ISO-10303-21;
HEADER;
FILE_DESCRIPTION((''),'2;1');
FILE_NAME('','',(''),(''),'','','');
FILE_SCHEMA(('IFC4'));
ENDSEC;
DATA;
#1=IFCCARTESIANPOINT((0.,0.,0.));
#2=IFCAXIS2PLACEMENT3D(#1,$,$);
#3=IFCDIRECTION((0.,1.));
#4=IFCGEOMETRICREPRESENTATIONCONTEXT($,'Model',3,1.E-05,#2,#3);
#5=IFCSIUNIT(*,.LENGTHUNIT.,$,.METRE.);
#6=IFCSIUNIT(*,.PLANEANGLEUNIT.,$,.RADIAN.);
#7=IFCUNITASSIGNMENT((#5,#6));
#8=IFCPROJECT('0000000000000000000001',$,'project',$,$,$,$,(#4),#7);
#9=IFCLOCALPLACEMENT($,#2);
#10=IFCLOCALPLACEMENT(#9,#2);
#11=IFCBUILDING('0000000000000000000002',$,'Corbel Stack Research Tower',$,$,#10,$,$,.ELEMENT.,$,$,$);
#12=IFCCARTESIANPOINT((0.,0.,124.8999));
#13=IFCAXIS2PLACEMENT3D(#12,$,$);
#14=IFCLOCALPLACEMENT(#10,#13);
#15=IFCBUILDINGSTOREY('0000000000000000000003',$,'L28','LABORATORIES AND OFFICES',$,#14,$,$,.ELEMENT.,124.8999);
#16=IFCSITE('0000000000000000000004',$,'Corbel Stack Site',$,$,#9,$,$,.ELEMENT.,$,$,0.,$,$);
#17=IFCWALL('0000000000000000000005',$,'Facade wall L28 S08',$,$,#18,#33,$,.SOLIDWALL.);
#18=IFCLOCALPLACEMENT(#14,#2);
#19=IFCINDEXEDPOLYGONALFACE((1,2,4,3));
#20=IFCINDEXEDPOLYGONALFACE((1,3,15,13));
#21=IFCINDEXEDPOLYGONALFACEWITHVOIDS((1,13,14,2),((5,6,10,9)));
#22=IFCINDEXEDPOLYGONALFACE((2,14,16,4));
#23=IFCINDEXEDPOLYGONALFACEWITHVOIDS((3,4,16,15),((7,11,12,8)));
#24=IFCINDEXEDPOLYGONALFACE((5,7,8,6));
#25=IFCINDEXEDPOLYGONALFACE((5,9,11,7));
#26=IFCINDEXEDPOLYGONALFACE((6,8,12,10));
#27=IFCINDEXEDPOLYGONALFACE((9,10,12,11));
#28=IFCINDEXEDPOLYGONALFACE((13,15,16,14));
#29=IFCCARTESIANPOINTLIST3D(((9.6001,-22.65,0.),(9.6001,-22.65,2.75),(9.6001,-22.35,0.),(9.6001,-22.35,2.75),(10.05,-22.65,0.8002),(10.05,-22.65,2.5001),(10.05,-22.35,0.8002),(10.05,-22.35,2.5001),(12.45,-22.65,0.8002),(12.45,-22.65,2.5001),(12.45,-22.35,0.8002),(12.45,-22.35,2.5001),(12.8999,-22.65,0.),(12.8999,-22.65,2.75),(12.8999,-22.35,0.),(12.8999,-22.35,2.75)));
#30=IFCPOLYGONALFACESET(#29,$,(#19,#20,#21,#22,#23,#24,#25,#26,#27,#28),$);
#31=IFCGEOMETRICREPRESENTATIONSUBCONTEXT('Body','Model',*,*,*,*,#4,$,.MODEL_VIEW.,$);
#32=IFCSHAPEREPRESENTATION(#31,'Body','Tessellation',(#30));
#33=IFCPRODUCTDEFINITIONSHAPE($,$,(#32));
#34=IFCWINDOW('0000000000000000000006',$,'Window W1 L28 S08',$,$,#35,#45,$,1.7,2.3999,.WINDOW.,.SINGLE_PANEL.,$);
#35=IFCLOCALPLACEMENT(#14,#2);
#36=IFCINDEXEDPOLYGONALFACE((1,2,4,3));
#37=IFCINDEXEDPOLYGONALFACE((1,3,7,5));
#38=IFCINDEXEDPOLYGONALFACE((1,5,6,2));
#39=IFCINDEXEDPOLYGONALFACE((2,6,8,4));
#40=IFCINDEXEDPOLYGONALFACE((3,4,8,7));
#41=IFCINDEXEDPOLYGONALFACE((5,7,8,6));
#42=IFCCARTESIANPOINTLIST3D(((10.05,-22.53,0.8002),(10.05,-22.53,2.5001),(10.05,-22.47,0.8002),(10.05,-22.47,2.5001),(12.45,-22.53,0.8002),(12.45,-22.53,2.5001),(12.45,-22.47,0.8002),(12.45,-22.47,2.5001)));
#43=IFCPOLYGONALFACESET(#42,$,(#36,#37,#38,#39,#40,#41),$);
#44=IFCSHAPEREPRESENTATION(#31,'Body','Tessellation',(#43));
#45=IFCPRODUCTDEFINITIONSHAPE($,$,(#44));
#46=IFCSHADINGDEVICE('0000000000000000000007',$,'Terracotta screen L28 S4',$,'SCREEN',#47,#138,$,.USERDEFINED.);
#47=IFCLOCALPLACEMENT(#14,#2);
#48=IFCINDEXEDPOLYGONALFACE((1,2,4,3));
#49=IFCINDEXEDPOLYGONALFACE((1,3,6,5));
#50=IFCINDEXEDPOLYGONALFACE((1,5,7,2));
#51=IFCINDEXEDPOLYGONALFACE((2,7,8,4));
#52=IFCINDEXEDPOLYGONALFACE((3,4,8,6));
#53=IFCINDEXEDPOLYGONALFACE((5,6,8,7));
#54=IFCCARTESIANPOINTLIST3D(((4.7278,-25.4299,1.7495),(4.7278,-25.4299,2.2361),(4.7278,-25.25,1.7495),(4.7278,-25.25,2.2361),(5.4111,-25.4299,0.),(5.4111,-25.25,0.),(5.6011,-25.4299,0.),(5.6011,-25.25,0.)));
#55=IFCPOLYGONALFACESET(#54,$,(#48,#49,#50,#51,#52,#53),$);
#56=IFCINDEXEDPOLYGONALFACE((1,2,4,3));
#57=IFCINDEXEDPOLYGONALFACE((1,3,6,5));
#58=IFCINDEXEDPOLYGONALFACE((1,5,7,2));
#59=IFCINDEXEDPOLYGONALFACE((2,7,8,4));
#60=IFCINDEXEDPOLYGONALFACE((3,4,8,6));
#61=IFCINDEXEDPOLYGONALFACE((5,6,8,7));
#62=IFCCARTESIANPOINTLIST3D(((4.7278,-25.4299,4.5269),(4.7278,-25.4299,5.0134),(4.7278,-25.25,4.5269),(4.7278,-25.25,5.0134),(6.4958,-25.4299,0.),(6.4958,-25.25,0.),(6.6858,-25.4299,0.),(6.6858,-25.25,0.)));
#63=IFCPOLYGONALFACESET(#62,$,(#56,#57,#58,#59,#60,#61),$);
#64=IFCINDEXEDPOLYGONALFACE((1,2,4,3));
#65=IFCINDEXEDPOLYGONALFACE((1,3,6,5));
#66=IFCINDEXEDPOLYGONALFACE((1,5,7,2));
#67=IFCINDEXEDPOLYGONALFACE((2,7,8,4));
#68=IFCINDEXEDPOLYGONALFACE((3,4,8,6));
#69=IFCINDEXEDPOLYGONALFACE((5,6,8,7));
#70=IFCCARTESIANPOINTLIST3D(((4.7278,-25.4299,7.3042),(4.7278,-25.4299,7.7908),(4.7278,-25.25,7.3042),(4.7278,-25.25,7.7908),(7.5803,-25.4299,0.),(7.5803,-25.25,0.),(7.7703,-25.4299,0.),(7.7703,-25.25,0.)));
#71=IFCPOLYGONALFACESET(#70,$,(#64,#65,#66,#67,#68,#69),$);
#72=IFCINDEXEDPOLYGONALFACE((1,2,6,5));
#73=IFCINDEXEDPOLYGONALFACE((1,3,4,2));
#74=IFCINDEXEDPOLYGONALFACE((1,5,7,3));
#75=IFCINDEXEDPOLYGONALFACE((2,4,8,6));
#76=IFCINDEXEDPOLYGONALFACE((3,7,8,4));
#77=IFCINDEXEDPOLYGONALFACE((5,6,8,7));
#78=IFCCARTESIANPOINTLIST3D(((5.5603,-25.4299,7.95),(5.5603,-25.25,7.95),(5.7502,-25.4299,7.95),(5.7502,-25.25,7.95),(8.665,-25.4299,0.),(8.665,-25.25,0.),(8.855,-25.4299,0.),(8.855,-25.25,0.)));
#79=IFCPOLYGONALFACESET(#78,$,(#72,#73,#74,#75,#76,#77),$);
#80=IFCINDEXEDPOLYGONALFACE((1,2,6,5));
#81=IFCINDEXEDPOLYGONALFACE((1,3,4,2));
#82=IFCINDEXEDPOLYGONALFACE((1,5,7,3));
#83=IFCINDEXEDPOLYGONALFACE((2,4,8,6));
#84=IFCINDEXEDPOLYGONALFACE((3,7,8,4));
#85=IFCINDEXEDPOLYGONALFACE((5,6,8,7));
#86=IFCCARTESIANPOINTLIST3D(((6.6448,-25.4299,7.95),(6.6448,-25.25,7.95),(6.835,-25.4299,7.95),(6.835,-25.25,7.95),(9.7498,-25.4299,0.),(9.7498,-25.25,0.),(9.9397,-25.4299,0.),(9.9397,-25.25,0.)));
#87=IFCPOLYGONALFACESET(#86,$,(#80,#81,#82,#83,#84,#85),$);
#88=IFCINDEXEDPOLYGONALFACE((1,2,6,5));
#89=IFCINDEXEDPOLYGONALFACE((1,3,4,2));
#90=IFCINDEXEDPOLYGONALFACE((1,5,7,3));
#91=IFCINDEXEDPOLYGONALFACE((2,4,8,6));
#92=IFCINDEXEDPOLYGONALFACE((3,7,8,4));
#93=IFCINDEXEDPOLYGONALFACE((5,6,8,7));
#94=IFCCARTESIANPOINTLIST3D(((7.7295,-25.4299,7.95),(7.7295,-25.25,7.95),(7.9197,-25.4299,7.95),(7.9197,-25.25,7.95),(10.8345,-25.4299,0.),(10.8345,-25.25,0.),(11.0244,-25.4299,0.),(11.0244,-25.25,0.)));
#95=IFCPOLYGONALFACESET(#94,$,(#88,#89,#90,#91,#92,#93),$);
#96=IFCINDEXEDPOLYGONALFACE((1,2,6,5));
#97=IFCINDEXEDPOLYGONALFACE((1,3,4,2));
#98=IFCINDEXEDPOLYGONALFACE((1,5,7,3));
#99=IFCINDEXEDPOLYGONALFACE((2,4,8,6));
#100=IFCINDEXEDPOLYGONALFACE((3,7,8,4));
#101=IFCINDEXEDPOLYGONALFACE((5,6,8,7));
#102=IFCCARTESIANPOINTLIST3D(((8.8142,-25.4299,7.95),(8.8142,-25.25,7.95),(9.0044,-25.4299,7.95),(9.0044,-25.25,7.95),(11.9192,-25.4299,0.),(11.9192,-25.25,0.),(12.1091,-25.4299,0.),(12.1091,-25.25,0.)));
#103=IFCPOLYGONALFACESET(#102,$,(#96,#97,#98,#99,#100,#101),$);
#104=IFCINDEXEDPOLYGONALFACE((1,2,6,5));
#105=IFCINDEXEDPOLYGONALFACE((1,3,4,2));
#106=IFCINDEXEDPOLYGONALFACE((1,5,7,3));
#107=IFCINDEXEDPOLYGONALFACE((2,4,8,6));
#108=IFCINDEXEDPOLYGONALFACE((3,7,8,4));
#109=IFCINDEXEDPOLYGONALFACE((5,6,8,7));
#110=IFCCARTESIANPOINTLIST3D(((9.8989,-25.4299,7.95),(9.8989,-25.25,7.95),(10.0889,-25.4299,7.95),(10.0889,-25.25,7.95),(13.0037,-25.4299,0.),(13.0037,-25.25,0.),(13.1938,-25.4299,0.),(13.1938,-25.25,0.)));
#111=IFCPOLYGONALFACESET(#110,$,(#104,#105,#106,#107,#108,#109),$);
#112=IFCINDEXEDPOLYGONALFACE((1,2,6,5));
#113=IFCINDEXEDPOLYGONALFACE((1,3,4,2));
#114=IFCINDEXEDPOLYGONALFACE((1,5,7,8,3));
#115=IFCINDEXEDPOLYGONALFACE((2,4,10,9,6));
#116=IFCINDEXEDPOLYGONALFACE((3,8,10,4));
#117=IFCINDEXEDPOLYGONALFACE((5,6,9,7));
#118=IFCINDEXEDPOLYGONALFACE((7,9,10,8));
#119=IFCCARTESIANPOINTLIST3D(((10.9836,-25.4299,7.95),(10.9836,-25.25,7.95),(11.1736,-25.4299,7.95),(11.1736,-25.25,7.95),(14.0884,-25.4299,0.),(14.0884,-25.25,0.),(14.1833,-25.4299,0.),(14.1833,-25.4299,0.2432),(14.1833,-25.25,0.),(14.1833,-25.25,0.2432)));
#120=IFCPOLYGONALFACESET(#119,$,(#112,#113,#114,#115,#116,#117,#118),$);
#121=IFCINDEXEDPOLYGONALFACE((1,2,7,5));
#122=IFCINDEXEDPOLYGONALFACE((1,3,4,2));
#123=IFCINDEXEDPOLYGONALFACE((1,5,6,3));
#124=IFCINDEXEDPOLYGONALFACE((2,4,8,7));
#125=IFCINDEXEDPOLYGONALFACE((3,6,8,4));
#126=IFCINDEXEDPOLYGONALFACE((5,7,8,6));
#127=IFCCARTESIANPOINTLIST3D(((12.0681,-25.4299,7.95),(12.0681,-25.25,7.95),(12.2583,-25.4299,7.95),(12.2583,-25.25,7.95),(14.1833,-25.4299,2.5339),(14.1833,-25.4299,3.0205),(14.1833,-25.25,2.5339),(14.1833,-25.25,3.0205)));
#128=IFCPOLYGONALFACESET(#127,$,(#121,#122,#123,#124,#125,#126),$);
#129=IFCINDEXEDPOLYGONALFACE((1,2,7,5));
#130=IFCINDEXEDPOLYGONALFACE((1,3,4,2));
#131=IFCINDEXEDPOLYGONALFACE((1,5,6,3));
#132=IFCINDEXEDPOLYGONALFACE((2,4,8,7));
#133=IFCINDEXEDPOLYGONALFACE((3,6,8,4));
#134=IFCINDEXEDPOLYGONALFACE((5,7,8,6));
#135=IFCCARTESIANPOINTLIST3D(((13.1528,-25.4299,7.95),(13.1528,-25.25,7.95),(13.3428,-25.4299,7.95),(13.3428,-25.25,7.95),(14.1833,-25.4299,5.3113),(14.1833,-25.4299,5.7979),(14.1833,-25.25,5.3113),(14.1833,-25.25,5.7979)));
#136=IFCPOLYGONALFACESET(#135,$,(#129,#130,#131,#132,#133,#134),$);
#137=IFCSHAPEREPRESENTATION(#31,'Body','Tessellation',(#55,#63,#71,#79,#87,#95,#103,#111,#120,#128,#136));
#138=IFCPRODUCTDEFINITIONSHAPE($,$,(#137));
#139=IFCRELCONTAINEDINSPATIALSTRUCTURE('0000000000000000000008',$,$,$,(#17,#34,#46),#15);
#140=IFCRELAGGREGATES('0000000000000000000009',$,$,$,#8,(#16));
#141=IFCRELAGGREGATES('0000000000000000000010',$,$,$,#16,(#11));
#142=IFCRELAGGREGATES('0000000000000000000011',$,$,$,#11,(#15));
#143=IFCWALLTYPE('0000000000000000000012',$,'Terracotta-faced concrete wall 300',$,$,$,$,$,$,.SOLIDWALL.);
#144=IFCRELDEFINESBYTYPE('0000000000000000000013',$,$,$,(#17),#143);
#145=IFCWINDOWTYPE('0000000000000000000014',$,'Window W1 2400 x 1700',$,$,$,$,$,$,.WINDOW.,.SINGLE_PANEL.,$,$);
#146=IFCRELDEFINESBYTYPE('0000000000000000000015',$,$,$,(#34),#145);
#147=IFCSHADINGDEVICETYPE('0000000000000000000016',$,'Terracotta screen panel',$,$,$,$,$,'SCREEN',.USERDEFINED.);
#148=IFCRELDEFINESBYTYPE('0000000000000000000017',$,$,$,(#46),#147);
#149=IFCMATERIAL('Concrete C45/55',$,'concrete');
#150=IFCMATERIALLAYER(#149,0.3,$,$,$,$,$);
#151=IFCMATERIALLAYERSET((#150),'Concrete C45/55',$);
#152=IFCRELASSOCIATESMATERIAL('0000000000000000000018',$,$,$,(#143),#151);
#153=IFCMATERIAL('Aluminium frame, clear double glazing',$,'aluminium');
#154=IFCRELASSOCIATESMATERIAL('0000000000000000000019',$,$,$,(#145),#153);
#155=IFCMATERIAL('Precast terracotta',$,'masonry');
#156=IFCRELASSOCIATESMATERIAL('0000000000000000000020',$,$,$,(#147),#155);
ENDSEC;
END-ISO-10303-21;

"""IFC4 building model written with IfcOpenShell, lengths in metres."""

from ifc_helpers import new_model, si_unit, direction, frame, frame_2d, origin, place, context, subcontext, project, spatial, polyline, rectangle, outline, extrude, source, transform, mapped, material, layer, layer_set, type_object, element, fill, save


model = new_model("IFC4")

# Units and contexts
model_context = context("Model", 3, precision=1e-05, world=origin(), true_north=direction((0.0, 1.0)))
body_context = subcontext(model_context, "Body", "Model", "MODEL_VIEW")
ifc_project = project(units=[si_unit("LENGTHUNIT", "METRE"), si_unit("PLANEANGLEUNIT", "RADIAN")], contexts=[model_context])

# Site, building, storey
site_placement = place(None, origin())
site = spatial("IfcSite", under=ifc_project, at=site_placement, Name="Corbel Stack Site", CompositionType="ELEMENT", RefElevation=0.0)
building_placement = place(site_placement, origin())
building = spatial("IfcBuilding", under=site, at=building_placement, Name="Corbel Stack Research Tower", CompositionType="ELEMENT")
storey_placement = place(building_placement, frame((0.0, 0.0, 124.8999)))
storey = spatial("IfcBuildingStorey", under=building, at=storey_placement, Name="L28", Description="LABORATORIES AND OFFICES", CompositionType="ELEMENT", Elevation=124.8999)

# Wall, opening, window
ifc_material_1 = material(Name="Concrete C45/55", Category="concrete")
ifc_layer_1 = layer(ifc_material_1, 0.3)
ifc_layer_set_1 = layer_set([ifc_layer_1], Name="Concrete C45/55")
wall_type_1 = type_object("IfcWallType", Name="Terracotta-faced concrete wall 300", PredefinedType="SOLIDWALL", material=ifc_layer_set_1)
ifc_material_2 = material(Name="Aluminium frame, clear double glazing", Category="aluminium")
window_type = type_object("IfcWindowType", Name="Window W1 2400 x 1700", PartitioningType="SINGLE_PANEL", PredefinedType="WINDOW", material=ifc_material_2)
wall_1_placement = place(storey_placement, frame((12.8999, -22.5, 0.0), z_axis=(0.0, 0.0, 1.0), x_axis=(-1.0, 0.0, 0.0)))
wall_1 = element("IfcWall", 1, at=wall_1_placement, inside=storey, type_object=wall_type_1, Name="Facade wall L28 S08", PredefinedType="SOLIDWALL", context=body_context, shape_type="SweptSolid", body=[
    extrude(rectangle(XDim=3.2998, YDim=0.3, at=frame_2d((1.6499, 0.0))), origin(), (0.0, 0.0, 1.0), 2.75),
])
opening_1_placement = place(wall_1_placement, frame((0.45, 0.0, 0.8)))
opening_1 = element("IfcOpeningElement", 2, at=opening_1_placement, cuts=wall_1, PredefinedType="OPENING", context=body_context, shape_type="SweptSolid", body=[
    extrude(rectangle(XDim=2.3999, YDim=1.7, at=frame_2d((1.2, 0.8501))), frame((0.0, 0.1599, 0.0), z_axis=(0.0, -1.0, 0.0), x_axis=(1.0, 0.0, 0.0)), (0.0, 0.0, 1.0), 0.3201),
])
window_1_placement = place(opening_1_placement, origin())
window_1 = element("IfcWindow", 3, at=window_1_placement, inside=storey, type_object=window_type, Name="Window W1 L28 S08", OverallHeight=1.7, OverallWidth=2.3999, PartitioningType="SINGLE_PANEL", PredefinedType="WINDOW", context=body_context, shape_type="SweptSolid", body=[
    extrude(rectangle(XDim=2.3999, YDim=1.7, at=frame_2d((1.2, 0.8501))), frame((0.0, 0.03, 0.0), z_axis=(0.0, -1.0, 0.0), x_axis=(1.0, 0.0, 0.0)), (0.0, 0.0, 1.0), 0.0601),
])
fill(opening_1, window_1)

# Shading device
ifc_material_3 = material(Name="Precast terracotta", Category="masonry")
shading_device_type = type_object("IfcShadingDeviceType", Name="Terracotta screen panel", ElementType="SCREEN", PredefinedType="USERDEFINED", material=ifc_material_3)
shared_shape = source(origin(), body_context, "Body", "SweptSolid", [
    extrude(outline(polyline([(0.8733, 0.0), (0.0, 2.2361), (0.0, 1.7495), (0.6833, 0.0), (0.8733, 0.0)])), frame((0.0, 0.0, 0.0), z_axis=(0.0, -1.0, 0.0), x_axis=(1.0, 0.0, 0.0)), (0.0, 0.0, 1.0), 0.1799),
    extrude(outline(polyline([(1.958, 0.0), (0.0, 5.0134), (0.0, 4.5269), (1.7681, 0.0), (1.958, 0.0)])), frame((0.0, 0.0, 0.0), z_axis=(0.0, -1.0, 0.0), x_axis=(1.0, 0.0, 0.0)), (0.0, 0.0, 1.0), 0.1799),
    extrude(outline(polyline([(3.0425, 0.0), (0.0, 7.7908), (0.0, 7.3042), (2.8525, 0.0), (3.0425, 0.0)])), frame((0.0, 0.0, 0.0), z_axis=(0.0, -1.0, 0.0), x_axis=(1.0, 0.0, 0.0)), (0.0, 0.0, 1.0), 0.1799),
    extrude(outline(polyline([(4.1272, 0.0), (1.0225, 7.95), (0.8325, 7.95), (3.9373, 0.0), (4.1272, 0.0)])), frame((0.0, 0.0, 0.0), z_axis=(0.0, -1.0, 0.0), x_axis=(1.0, 0.0, 0.0)), (0.0, 0.0, 1.0), 0.1799),
    extrude(outline(polyline([(5.2119, 0.0), (2.1072, 7.95), (1.917, 7.95), (5.022, 0.0), (5.2119, 0.0)])), frame((0.0, 0.0, 0.0), z_axis=(0.0, -1.0, 0.0), x_axis=(1.0, 0.0, 0.0)), (0.0, 0.0, 1.0), 0.1799),
    extrude(outline(polyline([(6.2966, 0.0), (3.1919, 7.95), (3.0017, 7.95), (6.1067, 0.0), (6.2966, 0.0)])), frame((0.0, 0.0, 0.0), z_axis=(0.0, -1.0, 0.0), x_axis=(1.0, 0.0, 0.0)), (0.0, 0.0, 1.0), 0.1799),
    extrude(outline(polyline([(7.3813, 0.0), (4.2766, 7.95), (4.0864, 7.95), (7.1914, 0.0), (7.3813, 0.0)])), frame((0.0, 0.0, 0.0), z_axis=(0.0, -1.0, 0.0), x_axis=(1.0, 0.0, 0.0)), (0.0, 0.0, 1.0), 0.1799),
    extrude(outline(polyline([(8.4661, 0.0), (5.3611, 7.95), (5.1711, 7.95), (8.2759, 0.0), (8.4661, 0.0)])), frame((0.0, 0.0, 0.0), z_axis=(0.0, -1.0, 0.0), x_axis=(1.0, 0.0, 0.0)), (0.0, 0.0, 1.0), 0.1799),
    extrude(outline(polyline([(9.4556, 0.0), (9.4556, 0.2432), (6.4458, 7.95), (6.2559, 7.95), (9.3606, 0.0), (9.4556, 0.0)])), frame((0.0, 0.0, 0.0), z_axis=(0.0, -1.0, 0.0), x_axis=(1.0, 0.0, 0.0)), (0.0, 0.0, 1.0), 0.1799),
    extrude(outline(polyline([(7.5305, 7.95), (7.3403, 7.95), (9.4556, 2.5339), (9.4556, 3.0205), (7.5305, 7.95)])), frame((0.0, 0.0, 0.0), z_axis=(0.0, -1.0, 0.0), x_axis=(1.0, 0.0, 0.0)), (0.0, 0.0, 1.0), 0.1799),
    extrude(outline(polyline([(8.615, 7.95), (8.425, 7.95), (9.4556, 5.3113), (9.4556, 5.7979), (8.615, 7.95)])), frame((0.0, 0.0, 0.0), z_axis=(0.0, -1.0, 0.0), x_axis=(1.0, 0.0, 0.0)), (0.0, 0.0, 1.0), 0.1799),
])
shading_device_placement = place(storey_placement, frame((4.7278, -25.25, 0.0), z_axis=(0.0, 0.0, 1.0), x_axis=(1.0, 0.0, 0.0)))
element("IfcShadingDevice", 4, at=shading_device_placement, inside=storey, type_object=shading_device_type, Name="Terracotta screen L28 S4", ObjectType="SCREEN", PredefinedType="USERDEFINED", context=body_context, shape_type="MappedRepresentation", body=[
    mapped(shared_shape, transform((0.0, 0.0, 0.0))),
])

save(model, "model.ifc")
